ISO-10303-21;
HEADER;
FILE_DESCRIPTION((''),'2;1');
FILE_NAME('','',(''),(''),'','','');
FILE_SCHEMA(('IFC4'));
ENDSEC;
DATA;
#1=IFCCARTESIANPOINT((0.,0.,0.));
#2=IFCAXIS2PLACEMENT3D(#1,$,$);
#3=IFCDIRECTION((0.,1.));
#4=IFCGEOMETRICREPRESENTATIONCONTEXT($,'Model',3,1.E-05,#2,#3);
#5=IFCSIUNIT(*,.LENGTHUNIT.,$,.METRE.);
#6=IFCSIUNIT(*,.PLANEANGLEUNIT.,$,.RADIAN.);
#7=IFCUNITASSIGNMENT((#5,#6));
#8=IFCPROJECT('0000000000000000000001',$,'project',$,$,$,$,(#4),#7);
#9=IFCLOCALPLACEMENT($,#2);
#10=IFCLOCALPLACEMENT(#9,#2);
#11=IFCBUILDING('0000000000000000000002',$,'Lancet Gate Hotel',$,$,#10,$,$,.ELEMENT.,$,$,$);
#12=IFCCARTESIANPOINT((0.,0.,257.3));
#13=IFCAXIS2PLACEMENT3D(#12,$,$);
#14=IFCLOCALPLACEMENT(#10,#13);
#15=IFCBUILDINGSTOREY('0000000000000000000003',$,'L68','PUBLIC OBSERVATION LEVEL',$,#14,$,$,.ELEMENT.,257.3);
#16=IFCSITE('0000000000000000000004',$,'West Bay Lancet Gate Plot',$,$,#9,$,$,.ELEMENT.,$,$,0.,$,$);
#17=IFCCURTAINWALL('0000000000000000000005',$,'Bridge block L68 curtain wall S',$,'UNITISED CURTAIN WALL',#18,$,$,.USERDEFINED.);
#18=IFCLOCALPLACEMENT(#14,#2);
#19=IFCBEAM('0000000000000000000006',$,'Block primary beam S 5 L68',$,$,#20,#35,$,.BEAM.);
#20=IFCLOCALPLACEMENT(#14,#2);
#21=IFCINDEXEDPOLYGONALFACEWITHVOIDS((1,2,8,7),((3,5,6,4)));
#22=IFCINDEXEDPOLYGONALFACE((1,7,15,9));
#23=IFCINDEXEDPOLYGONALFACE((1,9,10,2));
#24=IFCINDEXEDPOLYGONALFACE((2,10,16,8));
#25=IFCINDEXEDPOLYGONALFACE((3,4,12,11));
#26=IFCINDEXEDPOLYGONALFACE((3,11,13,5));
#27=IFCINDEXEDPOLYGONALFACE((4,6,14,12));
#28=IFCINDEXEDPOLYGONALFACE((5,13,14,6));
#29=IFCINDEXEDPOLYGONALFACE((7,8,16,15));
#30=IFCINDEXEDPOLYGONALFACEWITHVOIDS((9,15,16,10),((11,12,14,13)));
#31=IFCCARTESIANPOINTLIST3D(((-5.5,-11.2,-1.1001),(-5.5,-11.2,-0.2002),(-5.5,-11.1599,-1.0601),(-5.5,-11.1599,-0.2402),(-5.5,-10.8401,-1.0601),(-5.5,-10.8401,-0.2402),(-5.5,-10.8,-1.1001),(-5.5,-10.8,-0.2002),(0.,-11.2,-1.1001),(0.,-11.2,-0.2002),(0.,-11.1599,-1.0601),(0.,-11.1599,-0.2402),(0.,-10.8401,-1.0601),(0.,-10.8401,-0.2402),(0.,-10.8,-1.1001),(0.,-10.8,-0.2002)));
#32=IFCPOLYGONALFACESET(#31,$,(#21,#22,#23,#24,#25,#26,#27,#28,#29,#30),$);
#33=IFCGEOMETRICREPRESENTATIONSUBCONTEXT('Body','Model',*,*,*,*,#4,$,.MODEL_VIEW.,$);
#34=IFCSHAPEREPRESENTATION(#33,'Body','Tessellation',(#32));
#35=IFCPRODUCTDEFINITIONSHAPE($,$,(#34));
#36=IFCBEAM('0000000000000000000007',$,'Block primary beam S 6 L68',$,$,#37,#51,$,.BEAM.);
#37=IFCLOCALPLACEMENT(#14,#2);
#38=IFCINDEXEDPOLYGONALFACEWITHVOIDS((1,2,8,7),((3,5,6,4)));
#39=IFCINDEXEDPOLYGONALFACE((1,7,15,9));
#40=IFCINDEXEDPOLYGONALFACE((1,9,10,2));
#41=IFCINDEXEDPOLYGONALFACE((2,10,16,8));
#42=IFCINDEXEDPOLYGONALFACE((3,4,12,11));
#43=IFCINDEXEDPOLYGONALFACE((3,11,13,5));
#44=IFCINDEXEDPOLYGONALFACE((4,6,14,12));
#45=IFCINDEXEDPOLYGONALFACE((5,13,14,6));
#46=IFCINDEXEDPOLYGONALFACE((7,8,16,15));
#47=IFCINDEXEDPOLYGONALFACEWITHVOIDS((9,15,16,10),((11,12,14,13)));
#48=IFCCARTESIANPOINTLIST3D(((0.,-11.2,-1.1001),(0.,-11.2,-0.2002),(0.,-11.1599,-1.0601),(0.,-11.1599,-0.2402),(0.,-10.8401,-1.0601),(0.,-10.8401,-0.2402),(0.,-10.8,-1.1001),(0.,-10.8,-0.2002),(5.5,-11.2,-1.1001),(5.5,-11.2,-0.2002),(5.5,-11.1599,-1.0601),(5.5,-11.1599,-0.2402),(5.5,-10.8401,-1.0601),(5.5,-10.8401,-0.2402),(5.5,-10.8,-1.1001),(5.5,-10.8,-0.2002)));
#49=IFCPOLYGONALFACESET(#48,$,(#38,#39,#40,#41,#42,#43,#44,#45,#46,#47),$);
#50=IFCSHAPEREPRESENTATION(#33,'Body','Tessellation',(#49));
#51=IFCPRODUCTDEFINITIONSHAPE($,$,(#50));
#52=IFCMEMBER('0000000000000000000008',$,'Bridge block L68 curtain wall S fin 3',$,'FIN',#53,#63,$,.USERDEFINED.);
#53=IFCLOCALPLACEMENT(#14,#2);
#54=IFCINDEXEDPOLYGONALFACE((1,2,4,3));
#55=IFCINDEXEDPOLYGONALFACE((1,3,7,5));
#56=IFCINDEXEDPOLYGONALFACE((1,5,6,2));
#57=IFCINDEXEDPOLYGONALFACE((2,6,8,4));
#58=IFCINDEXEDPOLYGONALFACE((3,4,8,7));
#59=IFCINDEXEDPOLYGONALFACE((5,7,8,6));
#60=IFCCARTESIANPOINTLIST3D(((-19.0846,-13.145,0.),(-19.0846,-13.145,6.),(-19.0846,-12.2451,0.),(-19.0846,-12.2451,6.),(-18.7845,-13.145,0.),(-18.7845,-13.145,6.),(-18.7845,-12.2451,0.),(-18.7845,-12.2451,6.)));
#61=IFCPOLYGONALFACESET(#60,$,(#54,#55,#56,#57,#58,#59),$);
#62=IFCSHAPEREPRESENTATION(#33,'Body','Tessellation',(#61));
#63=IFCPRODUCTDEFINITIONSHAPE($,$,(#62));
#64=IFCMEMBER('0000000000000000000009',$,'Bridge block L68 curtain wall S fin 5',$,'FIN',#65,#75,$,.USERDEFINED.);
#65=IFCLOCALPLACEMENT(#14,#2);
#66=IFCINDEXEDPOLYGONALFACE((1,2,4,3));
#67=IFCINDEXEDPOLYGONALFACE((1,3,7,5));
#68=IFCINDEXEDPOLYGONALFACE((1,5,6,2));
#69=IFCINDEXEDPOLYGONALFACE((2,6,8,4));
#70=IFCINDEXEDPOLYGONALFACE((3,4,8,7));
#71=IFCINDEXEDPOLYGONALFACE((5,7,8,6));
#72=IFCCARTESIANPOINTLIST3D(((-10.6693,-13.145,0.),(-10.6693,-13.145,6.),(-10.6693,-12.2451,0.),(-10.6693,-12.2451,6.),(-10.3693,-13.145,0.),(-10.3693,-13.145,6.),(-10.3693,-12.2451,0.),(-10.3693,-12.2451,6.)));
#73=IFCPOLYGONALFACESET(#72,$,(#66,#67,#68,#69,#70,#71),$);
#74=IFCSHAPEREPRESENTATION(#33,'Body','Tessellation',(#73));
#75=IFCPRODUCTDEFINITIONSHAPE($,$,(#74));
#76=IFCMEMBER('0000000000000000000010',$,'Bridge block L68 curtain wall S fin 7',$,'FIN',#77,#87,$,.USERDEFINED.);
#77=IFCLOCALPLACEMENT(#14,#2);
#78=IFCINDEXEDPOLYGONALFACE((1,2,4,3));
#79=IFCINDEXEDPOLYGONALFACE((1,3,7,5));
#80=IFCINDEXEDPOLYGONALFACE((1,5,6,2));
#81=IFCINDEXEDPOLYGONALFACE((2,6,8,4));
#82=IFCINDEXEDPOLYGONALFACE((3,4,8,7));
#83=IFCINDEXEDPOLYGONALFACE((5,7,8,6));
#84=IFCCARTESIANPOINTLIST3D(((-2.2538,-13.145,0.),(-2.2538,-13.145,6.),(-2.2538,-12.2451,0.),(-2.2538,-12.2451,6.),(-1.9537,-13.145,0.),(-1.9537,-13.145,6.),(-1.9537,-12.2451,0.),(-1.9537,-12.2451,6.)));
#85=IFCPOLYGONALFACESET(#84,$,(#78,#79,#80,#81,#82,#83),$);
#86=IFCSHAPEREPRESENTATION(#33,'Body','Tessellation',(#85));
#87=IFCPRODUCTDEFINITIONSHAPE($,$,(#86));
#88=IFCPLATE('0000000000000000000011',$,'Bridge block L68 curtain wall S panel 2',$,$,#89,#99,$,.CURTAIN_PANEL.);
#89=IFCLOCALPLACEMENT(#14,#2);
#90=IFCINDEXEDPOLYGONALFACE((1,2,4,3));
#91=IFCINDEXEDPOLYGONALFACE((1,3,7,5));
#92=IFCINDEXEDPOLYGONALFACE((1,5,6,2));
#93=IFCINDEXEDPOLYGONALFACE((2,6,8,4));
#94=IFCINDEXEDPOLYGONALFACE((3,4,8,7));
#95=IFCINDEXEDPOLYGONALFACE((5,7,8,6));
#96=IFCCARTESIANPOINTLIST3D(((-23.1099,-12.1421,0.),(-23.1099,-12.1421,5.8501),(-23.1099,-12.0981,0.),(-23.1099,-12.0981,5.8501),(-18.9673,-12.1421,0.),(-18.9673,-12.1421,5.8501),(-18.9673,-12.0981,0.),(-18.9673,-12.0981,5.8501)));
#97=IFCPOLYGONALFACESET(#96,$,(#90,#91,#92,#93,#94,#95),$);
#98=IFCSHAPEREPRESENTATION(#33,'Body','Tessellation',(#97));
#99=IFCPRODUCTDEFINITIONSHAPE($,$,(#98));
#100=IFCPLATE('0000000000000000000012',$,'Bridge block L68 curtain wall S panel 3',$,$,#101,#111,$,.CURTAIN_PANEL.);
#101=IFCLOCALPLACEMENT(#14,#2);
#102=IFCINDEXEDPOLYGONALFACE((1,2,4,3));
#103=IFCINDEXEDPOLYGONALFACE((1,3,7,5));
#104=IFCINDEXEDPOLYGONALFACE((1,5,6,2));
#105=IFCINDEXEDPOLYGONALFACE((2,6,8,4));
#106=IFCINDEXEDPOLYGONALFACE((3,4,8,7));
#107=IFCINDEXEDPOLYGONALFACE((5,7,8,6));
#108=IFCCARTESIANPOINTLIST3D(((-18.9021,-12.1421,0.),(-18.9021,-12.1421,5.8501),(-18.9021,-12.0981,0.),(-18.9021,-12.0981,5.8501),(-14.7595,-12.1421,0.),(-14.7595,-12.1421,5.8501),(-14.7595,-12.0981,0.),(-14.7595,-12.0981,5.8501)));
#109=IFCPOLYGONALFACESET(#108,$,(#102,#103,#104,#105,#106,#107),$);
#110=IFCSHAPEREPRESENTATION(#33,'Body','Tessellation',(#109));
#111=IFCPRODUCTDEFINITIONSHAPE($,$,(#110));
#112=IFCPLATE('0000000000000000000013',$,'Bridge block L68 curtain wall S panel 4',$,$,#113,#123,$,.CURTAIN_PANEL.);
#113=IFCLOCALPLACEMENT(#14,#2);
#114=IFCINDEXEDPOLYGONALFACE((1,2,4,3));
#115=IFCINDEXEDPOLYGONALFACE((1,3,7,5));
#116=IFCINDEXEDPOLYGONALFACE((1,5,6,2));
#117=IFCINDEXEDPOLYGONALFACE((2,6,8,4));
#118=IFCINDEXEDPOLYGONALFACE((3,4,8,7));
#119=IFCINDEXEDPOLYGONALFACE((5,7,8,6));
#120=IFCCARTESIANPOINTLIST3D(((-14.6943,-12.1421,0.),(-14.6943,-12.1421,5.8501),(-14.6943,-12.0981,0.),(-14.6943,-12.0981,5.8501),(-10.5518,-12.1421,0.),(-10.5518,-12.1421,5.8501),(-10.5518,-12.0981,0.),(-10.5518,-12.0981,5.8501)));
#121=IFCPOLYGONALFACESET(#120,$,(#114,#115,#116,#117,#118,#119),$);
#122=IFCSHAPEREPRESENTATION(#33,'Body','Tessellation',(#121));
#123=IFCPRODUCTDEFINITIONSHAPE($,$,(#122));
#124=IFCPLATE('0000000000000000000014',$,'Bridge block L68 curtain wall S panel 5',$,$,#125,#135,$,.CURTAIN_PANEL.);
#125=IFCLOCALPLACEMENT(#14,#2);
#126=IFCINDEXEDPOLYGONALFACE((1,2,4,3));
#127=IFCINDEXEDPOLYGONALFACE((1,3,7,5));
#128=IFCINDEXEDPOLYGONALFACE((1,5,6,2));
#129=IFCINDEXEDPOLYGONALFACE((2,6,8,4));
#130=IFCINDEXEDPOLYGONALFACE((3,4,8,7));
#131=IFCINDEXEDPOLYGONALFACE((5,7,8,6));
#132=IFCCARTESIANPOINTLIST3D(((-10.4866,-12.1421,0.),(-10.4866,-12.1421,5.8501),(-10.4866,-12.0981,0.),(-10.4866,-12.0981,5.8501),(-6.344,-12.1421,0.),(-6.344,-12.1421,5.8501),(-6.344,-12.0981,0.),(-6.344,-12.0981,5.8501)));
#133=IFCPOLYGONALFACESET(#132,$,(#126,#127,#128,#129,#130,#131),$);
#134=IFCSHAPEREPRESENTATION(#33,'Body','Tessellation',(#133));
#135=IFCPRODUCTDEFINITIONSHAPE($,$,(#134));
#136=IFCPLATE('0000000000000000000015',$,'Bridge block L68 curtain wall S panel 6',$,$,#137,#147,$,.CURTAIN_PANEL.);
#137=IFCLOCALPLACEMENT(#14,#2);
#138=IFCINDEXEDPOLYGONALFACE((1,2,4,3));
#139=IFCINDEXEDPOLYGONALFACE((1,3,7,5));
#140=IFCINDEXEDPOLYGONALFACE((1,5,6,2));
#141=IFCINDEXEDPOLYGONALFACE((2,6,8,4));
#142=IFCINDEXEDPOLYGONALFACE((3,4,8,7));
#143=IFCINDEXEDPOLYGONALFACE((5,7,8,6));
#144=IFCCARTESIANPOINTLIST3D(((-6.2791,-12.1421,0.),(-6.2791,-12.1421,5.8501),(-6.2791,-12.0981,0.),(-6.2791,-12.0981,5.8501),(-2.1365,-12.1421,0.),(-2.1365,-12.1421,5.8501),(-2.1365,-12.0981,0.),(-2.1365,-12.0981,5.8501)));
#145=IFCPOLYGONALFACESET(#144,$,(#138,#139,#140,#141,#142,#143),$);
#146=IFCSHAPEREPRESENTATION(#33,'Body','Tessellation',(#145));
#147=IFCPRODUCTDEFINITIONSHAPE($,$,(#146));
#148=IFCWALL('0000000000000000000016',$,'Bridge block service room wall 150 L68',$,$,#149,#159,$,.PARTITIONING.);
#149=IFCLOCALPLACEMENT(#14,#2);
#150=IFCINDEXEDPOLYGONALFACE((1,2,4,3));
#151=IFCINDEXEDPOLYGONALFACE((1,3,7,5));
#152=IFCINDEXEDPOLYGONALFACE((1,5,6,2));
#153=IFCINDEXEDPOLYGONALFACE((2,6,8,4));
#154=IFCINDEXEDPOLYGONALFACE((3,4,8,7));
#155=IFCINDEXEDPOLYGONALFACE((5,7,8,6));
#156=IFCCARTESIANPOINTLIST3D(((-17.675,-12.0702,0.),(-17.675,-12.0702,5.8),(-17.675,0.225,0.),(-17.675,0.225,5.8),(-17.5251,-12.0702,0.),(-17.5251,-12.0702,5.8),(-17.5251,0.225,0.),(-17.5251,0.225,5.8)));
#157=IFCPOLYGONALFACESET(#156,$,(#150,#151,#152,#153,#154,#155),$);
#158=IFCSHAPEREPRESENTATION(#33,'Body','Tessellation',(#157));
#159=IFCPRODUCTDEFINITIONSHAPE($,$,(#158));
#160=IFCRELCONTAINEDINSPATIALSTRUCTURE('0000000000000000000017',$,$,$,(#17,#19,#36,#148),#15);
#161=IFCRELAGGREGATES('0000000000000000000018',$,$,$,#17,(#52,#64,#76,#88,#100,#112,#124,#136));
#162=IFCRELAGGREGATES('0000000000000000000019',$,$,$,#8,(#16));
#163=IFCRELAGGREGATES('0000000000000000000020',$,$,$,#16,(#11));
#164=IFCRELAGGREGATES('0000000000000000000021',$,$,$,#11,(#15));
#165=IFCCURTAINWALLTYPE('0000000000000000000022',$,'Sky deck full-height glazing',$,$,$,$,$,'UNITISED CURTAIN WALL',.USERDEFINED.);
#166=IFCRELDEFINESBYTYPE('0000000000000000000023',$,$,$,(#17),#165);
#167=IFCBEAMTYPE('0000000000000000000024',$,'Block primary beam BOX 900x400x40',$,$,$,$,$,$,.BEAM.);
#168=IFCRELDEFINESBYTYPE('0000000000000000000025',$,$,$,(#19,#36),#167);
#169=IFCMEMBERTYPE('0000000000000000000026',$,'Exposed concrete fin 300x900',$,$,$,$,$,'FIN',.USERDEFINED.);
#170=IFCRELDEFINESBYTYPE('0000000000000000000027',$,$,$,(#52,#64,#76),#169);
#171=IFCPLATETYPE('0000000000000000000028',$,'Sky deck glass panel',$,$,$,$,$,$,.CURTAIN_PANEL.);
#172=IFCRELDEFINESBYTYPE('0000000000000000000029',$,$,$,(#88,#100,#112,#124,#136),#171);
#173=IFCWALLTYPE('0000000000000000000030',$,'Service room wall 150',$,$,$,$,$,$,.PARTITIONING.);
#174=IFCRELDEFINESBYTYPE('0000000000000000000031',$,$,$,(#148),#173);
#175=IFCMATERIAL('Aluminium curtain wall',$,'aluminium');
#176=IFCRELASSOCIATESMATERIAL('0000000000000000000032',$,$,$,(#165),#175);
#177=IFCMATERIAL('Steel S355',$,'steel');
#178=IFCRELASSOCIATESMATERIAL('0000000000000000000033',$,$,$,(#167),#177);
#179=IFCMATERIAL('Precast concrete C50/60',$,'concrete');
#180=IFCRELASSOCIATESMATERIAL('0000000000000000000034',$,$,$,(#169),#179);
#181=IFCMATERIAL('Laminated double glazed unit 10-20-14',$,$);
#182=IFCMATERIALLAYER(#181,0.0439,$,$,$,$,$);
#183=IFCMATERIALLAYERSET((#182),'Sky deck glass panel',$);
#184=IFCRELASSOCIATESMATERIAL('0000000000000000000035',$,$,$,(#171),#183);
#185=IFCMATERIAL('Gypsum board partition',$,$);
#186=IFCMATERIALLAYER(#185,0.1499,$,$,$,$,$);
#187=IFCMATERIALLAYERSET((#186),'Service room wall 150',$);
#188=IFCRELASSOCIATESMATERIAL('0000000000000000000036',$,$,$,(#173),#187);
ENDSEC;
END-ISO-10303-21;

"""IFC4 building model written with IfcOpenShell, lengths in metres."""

from ifc_helpers import new_model, si_unit, direction, frame, frame_2d, origin, origin_2d, place, context, subcontext, project, spatial, rectangle, hollow_rectangle, extrude, material, layer, layer_set, material_profile, profile_set, type_object, element, aggregate, save


model = new_model("IFC4")

# Units and contexts
model_context = context("Model", 3, precision=1e-05, world=origin(), true_north=direction((0.0, 1.0)))
body_context = subcontext(model_context, "Body", "Model", "MODEL_VIEW")
ifc_project = project(units=[si_unit("LENGTHUNIT", "METRE"), si_unit("PLANEANGLEUNIT", "RADIAN")], contexts=[model_context])

# Site, building, storey
site_placement = place(None, origin())
site = spatial("IfcSite", under=ifc_project, at=site_placement, Name="West Bay Lancet Gate Plot", CompositionType="ELEMENT", RefElevation=0.0)
building_placement = place(site_placement, origin())
building = spatial("IfcBuilding", under=site, at=building_placement, Name="Lancet Gate Hotel", CompositionType="ELEMENT")
storey_placement = place(building_placement, frame((0.0, 0.0, 257.3)))
storey = spatial("IfcBuildingStorey", under=building, at=storey_placement, Name="L68", Description="PUBLIC OBSERVATION LEVEL", CompositionType="ELEMENT", Elevation=257.3)

# Curtain wall
ifc_material_1 = material(Name="Aluminium curtain wall", Category="aluminium")
curtain_wall_type = type_object("IfcCurtainWallType", Name="Sky deck full-height glazing", ElementType="UNITISED CURTAIN WALL", PredefinedType="USERDEFINED", material=ifc_material_1)
curtain_wall_placement = place(storey_placement, origin())
curtain_wall = element("IfcCurtainWall", 1, at=curtain_wall_placement, inside=storey, type_object=curtain_wall_type, Name="Bridge block L68 curtain wall S", ObjectType="UNITISED CURTAIN WALL", PredefinedType="USERDEFINED")

# Beams
ifc_material_2 = material(Name="Steel S355", Category="steel")
ifc_material_profile_1 = material_profile(ifc_material_2, hollow_rectangle(XDim=0.3999, YDim=0.8999, WallThickness=0.04, at=origin_2d()), Name="BOX 900x400x40")
ifc_profile_set_1 = profile_set([ifc_material_profile_1], Name="Steel S355")
beam_type_1 = type_object("IfcBeamType", Name="Block primary beam BOX 900x400x40", PredefinedType="BEAM", material=ifc_profile_set_1)
for number, where, z_axis, x_axis, name in (
    (2, (-5.5, -11.0, -0.6501), (1.0, 0.0, 0.0), (0.0, 1.0, 0.0), "Block primary beam S 5 L68"),
    (3, (0.0, -11.0, -0.6501), (1.0, 0.0, 0.0), (0.0, 1.0, 0.0), "Block primary beam S 6 L68"),
):
    element("IfcBeam", number, at=place(storey_placement, frame(where, z_axis=z_axis, x_axis=x_axis)), inside=storey, type_object=beam_type_1, Name=name, PredefinedType="BEAM", context=body_context, shape_type="SweptSolid", body=[
        extrude(hollow_rectangle(XDim=0.3999, YDim=0.8999, WallThickness=0.04, at=origin_2d()), origin(), (0.0, 0.0, 1.0), 5.5),
    ])

# Members
ifc_material_3 = material(Name="Precast concrete C50/60", Category="concrete")
ifc_material_profile_2 = material_profile(ifc_material_3, rectangle(XDim=0.3, YDim=0.8999, at=origin_2d()), Name="FIN 300x900")
ifc_profile_set_2 = profile_set([ifc_material_profile_2], Name="Precast concrete C50/60")
member_type_1 = type_object("IfcMemberType", Name="Exposed concrete fin 300x900", ElementType="FIN", PredefinedType="USERDEFINED", material=ifc_profile_set_2)
member_1_placement = place(storey_placement, frame((-18.9346, -12.6951, 0.0), z_axis=(0.0, 0.0, 1.0), x_axis=(1.0, 0.0, 0.0)))
member_1 = element("IfcMember", 4, at=member_1_placement, type_object=member_type_1, Name="Bridge block L68 curtain wall S fin 3", ObjectType="FIN", PredefinedType="USERDEFINED", context=body_context, shape_type="SweptSolid", body=[
    extrude(rectangle(XDim=0.3, YDim=0.8999, at=origin_2d()), origin(), (0.0, 0.0, 1.0), 6.0),
])
member_2_placement = place(storey_placement, frame((-10.5193, -12.6951, 0.0), z_axis=(0.0, 0.0, 1.0), x_axis=(1.0, 0.0, 0.0)))
member_2 = element("IfcMember", 5, at=member_2_placement, type_object=member_type_1, Name="Bridge block L68 curtain wall S fin 5", ObjectType="FIN", PredefinedType="USERDEFINED", context=body_context, shape_type="SweptSolid", body=[
    extrude(rectangle(XDim=0.3, YDim=0.8999, at=origin_2d()), origin(), (0.0, 0.0, 1.0), 6.0),
])
member_3_placement = place(storey_placement, frame((-2.1038, -12.6951, 0.0), z_axis=(0.0, 0.0, 1.0), x_axis=(1.0, 0.0, 0.0)))
member_3 = element("IfcMember", 6, at=member_3_placement, type_object=member_type_1, Name="Bridge block L68 curtain wall S fin 7", ObjectType="FIN", PredefinedType="USERDEFINED", context=body_context, shape_type="SweptSolid", body=[
    extrude(rectangle(XDim=0.3, YDim=0.8999, at=origin_2d()), origin(), (0.0, 0.0, 1.0), 6.0),
])

# Plates
ifc_material_4 = material(Name="Laminated double glazed unit 10-20-14")
ifc_layer_1 = layer(ifc_material_4, 0.0439)
ifc_layer_set_1 = layer_set([ifc_layer_1], Name="Sky deck glass panel")
plate_type = type_object("IfcPlateType", Name="Sky deck glass panel", PredefinedType="CURTAIN_PANEL", material=ifc_layer_set_1)
plate_1_placement = place(storey_placement, frame((-21.0386, -12.1201, 0.0), z_axis=(0.0, 0.0, 1.0), x_axis=(1.0, 0.0, 0.0)))
plate_1 = element("IfcPlate", 7, at=plate_1_placement, type_object=plate_type, Name="Bridge block L68 curtain wall S panel 2", PredefinedType="CURTAIN_PANEL", context=body_context, shape_type="SweptSolid", body=[
    extrude(rectangle(XDim=4.1426, YDim=0.0439, at=origin_2d()), origin(), (0.0, 0.0, 1.0), 5.8501),
])
plate_2_placement = place(storey_placement, frame((-16.8308, -12.1201, 0.0), z_axis=(0.0, 0.0, 1.0), x_axis=(1.0, 0.0, 0.0)))
plate_2 = element("IfcPlate", 8, at=plate_2_placement, type_object=plate_type, Name="Bridge block L68 curtain wall S panel 3", PredefinedType="CURTAIN_PANEL", context=body_context, shape_type="SweptSolid", body=[
    extrude(rectangle(XDim=4.1426, YDim=0.0439, at=origin_2d()), origin(), (0.0, 0.0, 1.0), 5.8501),
])
plate_3_placement = place(storey_placement, frame((-12.623, -12.1201, 0.0), z_axis=(0.0, 0.0, 1.0), x_axis=(1.0, 0.0, 0.0)))
plate_3 = element("IfcPlate", 9, at=plate_3_placement, type_object=plate_type, Name="Bridge block L68 curtain wall S panel 4", PredefinedType="CURTAIN_PANEL", context=body_context, shape_type="SweptSolid", body=[
    extrude(rectangle(XDim=4.1426, YDim=0.0439, at=origin_2d()), origin(), (0.0, 0.0, 1.0), 5.8501),
])
plate_4_placement = place(storey_placement, frame((-8.4153, -12.1201, 0.0), z_axis=(0.0, 0.0, 1.0), x_axis=(1.0, 0.0, 0.0)))
plate_4 = element("IfcPlate", 10, at=plate_4_placement, type_object=plate_type, Name="Bridge block L68 curtain wall S panel 5", PredefinedType="CURTAIN_PANEL", context=body_context, shape_type="SweptSolid", body=[
    extrude(rectangle(XDim=4.1426, YDim=0.0439, at=origin_2d()), origin(), (0.0, 0.0, 1.0), 5.8501),
])
plate_5_placement = place(storey_placement, frame((-4.2078, -12.1201, 0.0), z_axis=(0.0, 0.0, 1.0), x_axis=(1.0, 0.0, 0.0)))
plate_5 = element("IfcPlate", 11, at=plate_5_placement, type_object=plate_type, Name="Bridge block L68 curtain wall S panel 6", PredefinedType="CURTAIN_PANEL", context=body_context, shape_type="SweptSolid", body=[
    extrude(rectangle(XDim=4.1426, YDim=0.0439, at=origin_2d()), origin(), (0.0, 0.0, 1.0), 5.8501),
])
aggregate(curtain_wall, [member_1, member_2, member_3, plate_1, plate_2, plate_3, plate_4, plate_5])

# Wall
ifc_material_5 = material(Name="Gypsum board partition")
ifc_layer_2 = layer(ifc_material_5, 0.1499)
ifc_layer_set_2 = layer_set([ifc_layer_2], Name="Service room wall 150")
wall_type = type_object("IfcWallType", Name="Service room wall 150", PredefinedType="PARTITIONING", material=ifc_layer_set_2)
wall_placement = place(storey_placement, frame((-17.6001, -12.0701, 0.0), z_axis=(0.0, 0.0, 1.0), x_axis=(0.0, 1.0, 0.0)))
element("IfcWall", 12, at=wall_placement, inside=storey, type_object=wall_type, Name="Bridge block service room wall 150 L68", PredefinedType="PARTITIONING", context=body_context, shape_type="SweptSolid", body=[
    extrude(rectangle(XDim=12.2952, YDim=0.1499, at=frame_2d((6.1475, 0.0))), origin(), (0.0, 0.0, 1.0), 5.8),
])

save(model, "model.ifc")
